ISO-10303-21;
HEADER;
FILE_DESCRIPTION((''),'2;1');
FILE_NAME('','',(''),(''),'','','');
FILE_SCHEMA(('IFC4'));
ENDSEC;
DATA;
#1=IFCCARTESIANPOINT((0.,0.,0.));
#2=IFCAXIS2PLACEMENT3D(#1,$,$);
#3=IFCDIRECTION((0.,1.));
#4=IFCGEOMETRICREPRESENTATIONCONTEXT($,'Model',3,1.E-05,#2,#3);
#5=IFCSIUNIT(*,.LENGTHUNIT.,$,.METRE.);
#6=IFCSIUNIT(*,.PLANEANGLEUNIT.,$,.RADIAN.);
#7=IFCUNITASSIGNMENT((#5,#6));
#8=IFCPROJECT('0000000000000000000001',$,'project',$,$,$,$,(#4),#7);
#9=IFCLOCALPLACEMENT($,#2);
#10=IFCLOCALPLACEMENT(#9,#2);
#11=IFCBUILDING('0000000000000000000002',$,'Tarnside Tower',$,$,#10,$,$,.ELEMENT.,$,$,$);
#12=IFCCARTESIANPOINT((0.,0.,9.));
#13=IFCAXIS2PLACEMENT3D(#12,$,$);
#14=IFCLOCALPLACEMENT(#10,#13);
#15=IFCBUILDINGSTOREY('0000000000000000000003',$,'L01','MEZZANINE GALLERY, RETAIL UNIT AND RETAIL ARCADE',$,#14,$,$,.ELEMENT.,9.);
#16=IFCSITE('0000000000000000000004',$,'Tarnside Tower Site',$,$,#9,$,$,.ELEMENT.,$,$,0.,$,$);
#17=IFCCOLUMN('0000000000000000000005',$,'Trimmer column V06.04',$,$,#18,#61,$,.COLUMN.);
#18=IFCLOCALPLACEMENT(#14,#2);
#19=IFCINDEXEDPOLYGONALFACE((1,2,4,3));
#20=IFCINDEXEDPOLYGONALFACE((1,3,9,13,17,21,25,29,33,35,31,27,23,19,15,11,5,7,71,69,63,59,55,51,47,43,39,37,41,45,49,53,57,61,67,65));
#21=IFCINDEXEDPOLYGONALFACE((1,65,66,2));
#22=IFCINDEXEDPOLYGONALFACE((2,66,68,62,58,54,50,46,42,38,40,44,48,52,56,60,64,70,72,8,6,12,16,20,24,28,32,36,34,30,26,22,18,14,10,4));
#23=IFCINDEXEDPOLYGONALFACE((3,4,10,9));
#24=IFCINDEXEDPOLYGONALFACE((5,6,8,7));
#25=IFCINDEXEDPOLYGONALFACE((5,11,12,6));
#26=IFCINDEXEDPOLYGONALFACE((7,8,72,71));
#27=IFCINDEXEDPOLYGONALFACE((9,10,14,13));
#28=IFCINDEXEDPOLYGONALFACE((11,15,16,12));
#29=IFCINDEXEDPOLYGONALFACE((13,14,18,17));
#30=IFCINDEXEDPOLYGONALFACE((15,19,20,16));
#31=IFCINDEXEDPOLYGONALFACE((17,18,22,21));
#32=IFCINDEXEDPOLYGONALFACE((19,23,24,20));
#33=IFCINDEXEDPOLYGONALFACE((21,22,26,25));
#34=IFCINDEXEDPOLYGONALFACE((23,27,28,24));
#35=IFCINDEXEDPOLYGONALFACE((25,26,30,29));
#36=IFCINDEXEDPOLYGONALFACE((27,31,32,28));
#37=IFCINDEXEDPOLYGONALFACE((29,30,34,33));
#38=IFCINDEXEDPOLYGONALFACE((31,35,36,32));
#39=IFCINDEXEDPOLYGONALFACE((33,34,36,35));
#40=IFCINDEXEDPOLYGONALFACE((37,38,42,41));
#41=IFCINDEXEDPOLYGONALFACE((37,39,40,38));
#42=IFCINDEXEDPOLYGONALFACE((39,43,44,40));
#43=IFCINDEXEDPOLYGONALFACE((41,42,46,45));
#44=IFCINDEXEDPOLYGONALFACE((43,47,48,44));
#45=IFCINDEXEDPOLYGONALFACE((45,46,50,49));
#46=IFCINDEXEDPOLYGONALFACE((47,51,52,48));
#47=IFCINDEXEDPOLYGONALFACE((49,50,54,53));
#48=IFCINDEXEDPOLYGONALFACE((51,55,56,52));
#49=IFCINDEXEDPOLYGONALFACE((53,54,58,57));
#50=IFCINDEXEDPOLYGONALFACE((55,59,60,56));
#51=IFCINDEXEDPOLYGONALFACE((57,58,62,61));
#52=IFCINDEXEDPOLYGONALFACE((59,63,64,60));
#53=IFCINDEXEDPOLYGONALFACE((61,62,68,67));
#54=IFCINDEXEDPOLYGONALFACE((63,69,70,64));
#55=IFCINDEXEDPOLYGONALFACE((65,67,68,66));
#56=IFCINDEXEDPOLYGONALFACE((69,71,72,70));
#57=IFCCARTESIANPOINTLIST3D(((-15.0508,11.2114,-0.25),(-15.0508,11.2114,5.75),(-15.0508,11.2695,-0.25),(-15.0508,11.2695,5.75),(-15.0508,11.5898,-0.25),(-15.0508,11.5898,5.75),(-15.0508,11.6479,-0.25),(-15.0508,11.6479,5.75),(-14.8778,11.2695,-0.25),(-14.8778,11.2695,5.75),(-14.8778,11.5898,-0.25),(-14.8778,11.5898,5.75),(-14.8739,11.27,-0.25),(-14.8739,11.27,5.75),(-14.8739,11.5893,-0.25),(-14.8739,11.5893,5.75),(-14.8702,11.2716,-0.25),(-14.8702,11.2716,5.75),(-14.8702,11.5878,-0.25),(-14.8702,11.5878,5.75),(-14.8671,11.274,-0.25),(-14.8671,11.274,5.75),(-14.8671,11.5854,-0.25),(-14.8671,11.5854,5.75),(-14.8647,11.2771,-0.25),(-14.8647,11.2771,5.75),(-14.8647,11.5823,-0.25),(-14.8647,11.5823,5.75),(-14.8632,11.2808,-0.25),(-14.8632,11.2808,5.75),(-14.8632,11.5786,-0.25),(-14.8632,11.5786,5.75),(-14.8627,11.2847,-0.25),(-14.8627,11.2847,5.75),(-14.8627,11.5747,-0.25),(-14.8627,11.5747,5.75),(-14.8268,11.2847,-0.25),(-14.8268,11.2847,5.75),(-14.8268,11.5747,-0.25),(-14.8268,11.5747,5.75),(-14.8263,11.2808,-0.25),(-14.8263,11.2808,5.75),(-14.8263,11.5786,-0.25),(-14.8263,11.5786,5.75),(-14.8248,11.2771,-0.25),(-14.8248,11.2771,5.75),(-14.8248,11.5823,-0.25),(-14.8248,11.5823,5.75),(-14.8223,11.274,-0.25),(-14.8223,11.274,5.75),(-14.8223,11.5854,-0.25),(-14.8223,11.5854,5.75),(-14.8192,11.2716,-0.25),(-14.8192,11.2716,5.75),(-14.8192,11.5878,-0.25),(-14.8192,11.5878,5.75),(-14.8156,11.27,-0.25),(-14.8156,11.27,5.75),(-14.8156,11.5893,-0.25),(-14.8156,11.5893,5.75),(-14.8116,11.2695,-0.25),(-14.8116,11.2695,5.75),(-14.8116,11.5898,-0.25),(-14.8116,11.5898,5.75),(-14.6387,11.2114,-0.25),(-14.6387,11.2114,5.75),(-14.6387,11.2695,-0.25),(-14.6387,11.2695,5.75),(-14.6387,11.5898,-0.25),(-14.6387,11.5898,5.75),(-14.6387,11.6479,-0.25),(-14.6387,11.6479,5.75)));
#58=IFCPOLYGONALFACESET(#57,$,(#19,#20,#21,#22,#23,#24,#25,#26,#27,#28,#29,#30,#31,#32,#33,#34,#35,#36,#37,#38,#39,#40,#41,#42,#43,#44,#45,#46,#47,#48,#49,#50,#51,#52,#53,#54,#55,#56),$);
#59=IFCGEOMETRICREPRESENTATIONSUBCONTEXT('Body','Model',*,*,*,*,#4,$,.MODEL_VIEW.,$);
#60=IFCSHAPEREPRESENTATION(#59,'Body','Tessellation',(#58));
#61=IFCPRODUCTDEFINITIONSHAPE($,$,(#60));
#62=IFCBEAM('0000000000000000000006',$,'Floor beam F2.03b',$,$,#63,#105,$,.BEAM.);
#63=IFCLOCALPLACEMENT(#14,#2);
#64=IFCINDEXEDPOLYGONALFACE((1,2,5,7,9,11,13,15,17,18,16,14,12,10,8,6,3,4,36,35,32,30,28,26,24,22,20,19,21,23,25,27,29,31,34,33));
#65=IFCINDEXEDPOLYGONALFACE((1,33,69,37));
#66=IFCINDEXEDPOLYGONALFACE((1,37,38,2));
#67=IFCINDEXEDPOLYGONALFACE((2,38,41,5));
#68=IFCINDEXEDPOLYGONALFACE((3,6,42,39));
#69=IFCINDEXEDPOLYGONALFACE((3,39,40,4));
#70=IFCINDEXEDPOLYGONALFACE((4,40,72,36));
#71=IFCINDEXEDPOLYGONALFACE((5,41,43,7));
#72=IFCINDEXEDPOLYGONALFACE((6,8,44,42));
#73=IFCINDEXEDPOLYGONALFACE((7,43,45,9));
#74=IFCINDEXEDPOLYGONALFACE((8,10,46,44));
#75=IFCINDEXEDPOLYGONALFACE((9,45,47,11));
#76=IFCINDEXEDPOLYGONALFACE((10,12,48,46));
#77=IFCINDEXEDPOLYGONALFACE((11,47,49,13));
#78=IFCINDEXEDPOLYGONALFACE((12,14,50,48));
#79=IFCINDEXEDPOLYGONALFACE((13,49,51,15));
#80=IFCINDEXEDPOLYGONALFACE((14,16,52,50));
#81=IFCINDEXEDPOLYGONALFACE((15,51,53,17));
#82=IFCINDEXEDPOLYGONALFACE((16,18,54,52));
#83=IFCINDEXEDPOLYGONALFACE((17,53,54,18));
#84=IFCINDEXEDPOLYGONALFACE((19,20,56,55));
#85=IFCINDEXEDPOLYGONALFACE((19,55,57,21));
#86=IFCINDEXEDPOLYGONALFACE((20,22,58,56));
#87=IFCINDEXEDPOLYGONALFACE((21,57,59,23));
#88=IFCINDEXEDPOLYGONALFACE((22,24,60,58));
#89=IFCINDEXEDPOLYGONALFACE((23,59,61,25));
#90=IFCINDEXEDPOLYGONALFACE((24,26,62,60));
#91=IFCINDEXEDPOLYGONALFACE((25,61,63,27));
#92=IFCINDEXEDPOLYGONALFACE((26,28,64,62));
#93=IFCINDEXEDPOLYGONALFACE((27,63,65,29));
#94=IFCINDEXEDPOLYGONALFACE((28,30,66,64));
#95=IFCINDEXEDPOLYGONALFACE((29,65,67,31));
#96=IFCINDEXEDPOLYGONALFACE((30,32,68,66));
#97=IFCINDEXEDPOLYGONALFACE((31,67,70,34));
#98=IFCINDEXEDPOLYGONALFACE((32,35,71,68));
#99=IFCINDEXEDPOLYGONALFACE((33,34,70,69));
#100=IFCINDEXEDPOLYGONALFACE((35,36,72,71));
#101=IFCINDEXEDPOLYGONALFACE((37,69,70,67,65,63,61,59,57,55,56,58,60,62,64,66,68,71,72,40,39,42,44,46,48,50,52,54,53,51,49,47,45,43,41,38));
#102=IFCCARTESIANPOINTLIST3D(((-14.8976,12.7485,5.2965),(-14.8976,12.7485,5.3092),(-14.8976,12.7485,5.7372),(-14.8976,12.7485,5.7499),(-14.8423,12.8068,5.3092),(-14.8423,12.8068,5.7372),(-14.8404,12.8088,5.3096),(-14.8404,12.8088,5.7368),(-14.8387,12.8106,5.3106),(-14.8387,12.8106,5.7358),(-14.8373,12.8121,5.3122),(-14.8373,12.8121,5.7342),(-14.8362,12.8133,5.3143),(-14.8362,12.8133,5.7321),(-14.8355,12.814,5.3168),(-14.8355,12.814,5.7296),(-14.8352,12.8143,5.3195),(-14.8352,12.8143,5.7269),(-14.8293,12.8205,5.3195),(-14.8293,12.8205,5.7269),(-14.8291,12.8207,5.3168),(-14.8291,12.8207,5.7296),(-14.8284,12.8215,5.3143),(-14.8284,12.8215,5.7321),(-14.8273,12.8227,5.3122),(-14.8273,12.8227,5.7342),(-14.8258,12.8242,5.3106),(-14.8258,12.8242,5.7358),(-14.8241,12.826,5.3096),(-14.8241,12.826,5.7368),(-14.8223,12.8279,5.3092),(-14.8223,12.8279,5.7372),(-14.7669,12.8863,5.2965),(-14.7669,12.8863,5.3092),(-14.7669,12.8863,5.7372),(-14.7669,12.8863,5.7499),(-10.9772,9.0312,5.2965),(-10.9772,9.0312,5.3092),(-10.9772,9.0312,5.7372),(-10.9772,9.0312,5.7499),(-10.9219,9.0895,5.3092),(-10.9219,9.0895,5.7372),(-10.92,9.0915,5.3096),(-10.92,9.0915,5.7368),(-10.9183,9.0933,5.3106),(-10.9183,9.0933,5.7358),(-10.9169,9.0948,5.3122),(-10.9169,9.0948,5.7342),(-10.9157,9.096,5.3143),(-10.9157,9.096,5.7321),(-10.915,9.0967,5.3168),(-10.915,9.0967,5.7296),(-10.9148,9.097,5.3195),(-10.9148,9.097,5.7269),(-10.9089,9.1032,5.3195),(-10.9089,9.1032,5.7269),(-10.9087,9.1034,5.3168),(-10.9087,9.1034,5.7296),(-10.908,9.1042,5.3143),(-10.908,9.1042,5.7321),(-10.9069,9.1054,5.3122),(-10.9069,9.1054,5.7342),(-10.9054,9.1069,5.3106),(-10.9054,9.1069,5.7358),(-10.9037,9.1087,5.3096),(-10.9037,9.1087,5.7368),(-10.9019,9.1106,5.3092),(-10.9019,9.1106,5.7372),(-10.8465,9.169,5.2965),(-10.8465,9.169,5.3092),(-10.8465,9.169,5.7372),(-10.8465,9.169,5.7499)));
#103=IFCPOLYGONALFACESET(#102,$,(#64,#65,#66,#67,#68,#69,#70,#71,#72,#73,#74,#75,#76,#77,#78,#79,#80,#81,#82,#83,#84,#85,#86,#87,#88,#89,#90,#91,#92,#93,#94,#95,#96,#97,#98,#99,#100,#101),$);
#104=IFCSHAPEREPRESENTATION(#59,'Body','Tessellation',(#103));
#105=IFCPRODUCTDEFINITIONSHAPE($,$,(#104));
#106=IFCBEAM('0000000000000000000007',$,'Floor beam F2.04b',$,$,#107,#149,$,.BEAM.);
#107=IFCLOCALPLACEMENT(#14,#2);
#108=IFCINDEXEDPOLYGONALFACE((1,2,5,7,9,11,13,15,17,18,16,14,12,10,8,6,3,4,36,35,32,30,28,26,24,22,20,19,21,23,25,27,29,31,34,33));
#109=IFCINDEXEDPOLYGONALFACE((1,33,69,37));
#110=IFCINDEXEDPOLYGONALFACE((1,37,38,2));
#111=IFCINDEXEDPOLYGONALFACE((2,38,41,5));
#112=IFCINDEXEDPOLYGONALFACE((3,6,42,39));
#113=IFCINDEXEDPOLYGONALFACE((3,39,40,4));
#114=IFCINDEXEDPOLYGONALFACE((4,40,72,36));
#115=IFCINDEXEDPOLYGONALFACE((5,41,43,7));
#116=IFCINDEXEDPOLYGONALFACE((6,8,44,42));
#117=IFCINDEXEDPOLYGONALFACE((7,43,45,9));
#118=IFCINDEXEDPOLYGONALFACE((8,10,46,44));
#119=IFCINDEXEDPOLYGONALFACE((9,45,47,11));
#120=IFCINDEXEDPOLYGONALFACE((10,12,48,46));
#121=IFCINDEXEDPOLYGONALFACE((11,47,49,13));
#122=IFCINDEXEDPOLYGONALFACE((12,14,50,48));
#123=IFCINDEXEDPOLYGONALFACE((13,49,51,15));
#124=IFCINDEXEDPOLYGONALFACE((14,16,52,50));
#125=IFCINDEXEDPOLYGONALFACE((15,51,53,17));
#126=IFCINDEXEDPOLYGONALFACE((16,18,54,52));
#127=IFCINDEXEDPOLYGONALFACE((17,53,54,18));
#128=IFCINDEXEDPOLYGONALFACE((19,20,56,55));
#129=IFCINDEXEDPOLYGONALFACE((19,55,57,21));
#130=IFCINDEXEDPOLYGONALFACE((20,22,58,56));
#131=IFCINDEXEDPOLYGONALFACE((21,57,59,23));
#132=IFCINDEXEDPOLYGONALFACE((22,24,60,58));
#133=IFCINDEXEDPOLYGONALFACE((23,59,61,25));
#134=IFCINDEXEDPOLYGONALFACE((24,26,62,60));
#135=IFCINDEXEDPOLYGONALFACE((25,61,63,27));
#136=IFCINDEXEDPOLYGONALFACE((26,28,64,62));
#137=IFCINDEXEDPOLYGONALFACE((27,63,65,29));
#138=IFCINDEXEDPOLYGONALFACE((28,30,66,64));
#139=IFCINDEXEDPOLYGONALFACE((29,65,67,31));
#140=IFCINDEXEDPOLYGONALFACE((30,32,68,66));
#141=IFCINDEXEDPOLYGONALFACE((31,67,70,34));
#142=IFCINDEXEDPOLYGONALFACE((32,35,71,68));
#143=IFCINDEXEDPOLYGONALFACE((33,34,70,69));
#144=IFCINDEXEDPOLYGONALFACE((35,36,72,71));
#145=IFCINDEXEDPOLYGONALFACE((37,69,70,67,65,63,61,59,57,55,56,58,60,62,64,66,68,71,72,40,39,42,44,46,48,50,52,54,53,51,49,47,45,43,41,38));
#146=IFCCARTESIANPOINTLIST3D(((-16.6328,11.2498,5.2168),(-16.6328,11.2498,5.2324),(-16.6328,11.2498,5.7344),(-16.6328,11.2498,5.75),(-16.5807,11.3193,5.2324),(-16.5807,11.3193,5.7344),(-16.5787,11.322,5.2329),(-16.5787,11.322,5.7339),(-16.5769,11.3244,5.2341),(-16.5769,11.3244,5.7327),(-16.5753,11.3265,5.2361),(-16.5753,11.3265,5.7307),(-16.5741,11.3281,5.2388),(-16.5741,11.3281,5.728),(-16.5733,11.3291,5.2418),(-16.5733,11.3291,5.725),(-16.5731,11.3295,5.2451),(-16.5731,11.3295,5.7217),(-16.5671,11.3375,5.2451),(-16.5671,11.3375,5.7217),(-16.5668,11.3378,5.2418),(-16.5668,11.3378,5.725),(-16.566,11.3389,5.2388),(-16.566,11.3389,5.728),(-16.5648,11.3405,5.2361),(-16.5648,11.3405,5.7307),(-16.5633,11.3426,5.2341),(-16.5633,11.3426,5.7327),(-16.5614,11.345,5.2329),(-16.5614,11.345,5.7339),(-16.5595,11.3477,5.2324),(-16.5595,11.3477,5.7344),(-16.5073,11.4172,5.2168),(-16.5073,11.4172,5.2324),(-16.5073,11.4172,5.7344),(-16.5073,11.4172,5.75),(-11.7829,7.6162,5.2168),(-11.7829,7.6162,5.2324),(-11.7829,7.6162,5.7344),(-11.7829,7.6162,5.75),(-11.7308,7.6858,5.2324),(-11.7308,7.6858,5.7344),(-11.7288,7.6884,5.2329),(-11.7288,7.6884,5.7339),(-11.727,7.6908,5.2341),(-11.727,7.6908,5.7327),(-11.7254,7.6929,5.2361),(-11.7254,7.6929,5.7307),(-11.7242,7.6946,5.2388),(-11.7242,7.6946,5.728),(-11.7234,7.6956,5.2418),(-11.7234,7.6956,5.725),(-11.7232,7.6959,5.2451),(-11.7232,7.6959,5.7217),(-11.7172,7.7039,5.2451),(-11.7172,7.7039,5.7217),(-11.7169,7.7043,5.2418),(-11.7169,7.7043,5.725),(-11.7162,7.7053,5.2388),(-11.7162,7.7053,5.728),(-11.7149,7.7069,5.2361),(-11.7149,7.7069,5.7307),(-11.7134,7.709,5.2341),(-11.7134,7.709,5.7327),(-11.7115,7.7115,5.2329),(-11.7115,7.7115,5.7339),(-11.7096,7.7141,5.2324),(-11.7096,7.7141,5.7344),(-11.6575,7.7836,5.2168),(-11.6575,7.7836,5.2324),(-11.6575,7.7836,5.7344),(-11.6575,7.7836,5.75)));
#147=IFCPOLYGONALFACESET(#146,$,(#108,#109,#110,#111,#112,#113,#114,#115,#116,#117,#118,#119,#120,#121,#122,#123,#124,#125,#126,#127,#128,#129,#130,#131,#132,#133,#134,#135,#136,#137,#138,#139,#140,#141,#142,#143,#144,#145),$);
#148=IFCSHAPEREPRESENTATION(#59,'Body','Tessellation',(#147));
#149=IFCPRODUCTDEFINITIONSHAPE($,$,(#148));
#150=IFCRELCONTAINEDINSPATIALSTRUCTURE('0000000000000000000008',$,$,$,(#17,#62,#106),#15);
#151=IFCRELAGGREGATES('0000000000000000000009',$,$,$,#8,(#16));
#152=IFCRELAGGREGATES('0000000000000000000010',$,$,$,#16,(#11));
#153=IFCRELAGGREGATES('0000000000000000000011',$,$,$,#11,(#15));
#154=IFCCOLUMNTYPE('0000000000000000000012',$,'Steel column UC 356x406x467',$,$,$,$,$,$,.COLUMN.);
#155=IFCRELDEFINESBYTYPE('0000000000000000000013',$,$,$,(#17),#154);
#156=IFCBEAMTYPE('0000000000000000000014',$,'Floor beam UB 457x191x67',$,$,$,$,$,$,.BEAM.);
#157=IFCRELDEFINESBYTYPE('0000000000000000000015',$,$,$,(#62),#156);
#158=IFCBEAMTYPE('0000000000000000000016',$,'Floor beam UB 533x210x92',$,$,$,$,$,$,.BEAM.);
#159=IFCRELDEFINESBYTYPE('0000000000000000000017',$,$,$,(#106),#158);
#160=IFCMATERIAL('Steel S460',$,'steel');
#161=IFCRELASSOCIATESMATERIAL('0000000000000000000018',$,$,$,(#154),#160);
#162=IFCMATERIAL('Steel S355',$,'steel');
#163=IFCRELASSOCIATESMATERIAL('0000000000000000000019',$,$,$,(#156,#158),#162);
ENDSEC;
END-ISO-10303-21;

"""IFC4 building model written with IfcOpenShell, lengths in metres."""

from ifc_helpers import new_model, si_unit, direction, frame, origin, origin_2d, place, context, subcontext, project, spatial, i_section, extrude, material, material_profile, profile_set, type_object, element, save


model = new_model("IFC4")

# Units and contexts
model_context = context("Model", 3, precision=1e-05, world=origin(), true_north=direction((0.0, 1.0)))
body_context = subcontext(model_context, "Body", "Model", "MODEL_VIEW")
ifc_project = project(units=[si_unit("LENGTHUNIT", "METRE"), si_unit("PLANEANGLEUNIT", "RADIAN")], contexts=[model_context])

# Site, building, storey
site_placement = place(None, origin())
site = spatial("IfcSite", under=ifc_project, at=site_placement, Name="Tarnside Tower Site", CompositionType="ELEMENT", RefElevation=0.0)
building_placement = place(site_placement, origin())
building = spatial("IfcBuilding", under=site, at=building_placement, Name="Tarnside Tower", CompositionType="ELEMENT")
storey_placement = place(building_placement, frame((0.0, 0.0, 9.0)))
storey = spatial("IfcBuildingStorey", under=building, at=storey_placement, Name="L01", Description="MEZZANINE GALLERY, RETAIL UNIT AND RETAIL ARCADE", CompositionType="ELEMENT", Elevation=9.0)

# Column
ifc_material_1 = material(Name="Steel S460", Category="steel")
ifc_material_profile_1 = material_profile(ifc_material_1, i_section(OverallWidth=0.4121, OverallDepth=0.4365, WebThickness=0.0359, FlangeThickness=0.0581, FilletRadius=0.0151, at=origin_2d()), Name="UC 356x406x467")
ifc_profile_set_1 = profile_set([ifc_material_profile_1], Name="Steel S460")
column_type = type_object("IfcColumnType", Name="Steel column UC 356x406x467", PredefinedType="COLUMN", material=ifc_profile_set_1)
column_placement = place(storey_placement, frame((-14.8447, 11.4297, -0.25), z_axis=(0.0, 0.0, 1.0), x_axis=(1.0, 0.0, 0.0)))
element("IfcColumn", 1, at=column_placement, inside=storey, type_object=column_type, Name="Trimmer column V06.04", PredefinedType="COLUMN", context=body_context, shape_type="SweptSolid", body=[
    extrude(i_section(OverallWidth=0.4121, OverallDepth=0.4365, WebThickness=0.0359, FlangeThickness=0.0581, FilletRadius=0.0151, at=origin_2d()), origin(), (0.0, 0.0, 1.0), 6.0),
])

# Beams
ifc_material_2 = material(Name="Steel S355", Category="steel")
ifc_material_profile_2 = material_profile(ifc_material_2, i_section(OverallWidth=0.1899, OverallDepth=0.4534, WebThickness=0.0085, FlangeThickness=0.0127, FilletRadius=0.0103, at=origin_2d()), Name="UB 457x191x67")
ifc_profile_set_2 = profile_set([ifc_material_profile_2], Name="Steel S355")
beam_type_1 = type_object("IfcBeamType", Name="Floor beam UB 457x191x67", PredefinedType="BEAM", material=ifc_profile_set_2)
beam_1_placement = place(storey_placement, frame((-14.8323, 12.8174, 5.5232), z_axis=(0.725656, -0.688058, 0.0), x_axis=(0.688058, 0.725656, 0.0)))
element("IfcBeam", 2, at=beam_1_placement, inside=storey, type_object=beam_type_1, Name="Floor beam F2.03b", PredefinedType="BEAM", context=body_context, shape_type="SweptSolid", body=[
    extrude(i_section(OverallWidth=0.1899, OverallDepth=0.4534, WebThickness=0.0085, FlangeThickness=0.0127, FilletRadius=0.0103, at=origin_2d()), origin(), (0.0, 0.0, 1.0), 5.4026),
])
ifc_material_profile_3 = material_profile(ifc_material_2, i_section(OverallWidth=0.2092, OverallDepth=0.5332, WebThickness=0.01, FlangeThickness=0.0156, FilletRadius=0.0127, at=origin_2d()), Name="UB 533x210x92")
ifc_profile_set_3 = profile_set([ifc_material_profile_3], Name="Steel S355")
beam_type_2 = type_object("IfcBeamType", Name="Floor beam UB 533x210x92", PredefinedType="BEAM", material=ifc_profile_set_3)
beam_2_placement = place(storey_placement, frame((-16.5701, 11.3335, 5.4834), z_axis=(0.800304, -0.599594, 0.0), x_axis=(0.599594, 0.800304, 0.0)))
element("IfcBeam", 3, at=beam_2_placement, inside=storey, type_object=beam_type_2, Name="Floor beam F2.04b", PredefinedType="BEAM", context=body_context, shape_type="SweptSolid", body=[
    extrude(i_section(OverallWidth=0.2092, OverallDepth=0.5332, WebThickness=0.01, FlangeThickness=0.0156, FilletRadius=0.0127, at=origin_2d()), origin(), (0.0, 0.0, 1.0), 6.0601),
])

save(model, "model.ifc")
